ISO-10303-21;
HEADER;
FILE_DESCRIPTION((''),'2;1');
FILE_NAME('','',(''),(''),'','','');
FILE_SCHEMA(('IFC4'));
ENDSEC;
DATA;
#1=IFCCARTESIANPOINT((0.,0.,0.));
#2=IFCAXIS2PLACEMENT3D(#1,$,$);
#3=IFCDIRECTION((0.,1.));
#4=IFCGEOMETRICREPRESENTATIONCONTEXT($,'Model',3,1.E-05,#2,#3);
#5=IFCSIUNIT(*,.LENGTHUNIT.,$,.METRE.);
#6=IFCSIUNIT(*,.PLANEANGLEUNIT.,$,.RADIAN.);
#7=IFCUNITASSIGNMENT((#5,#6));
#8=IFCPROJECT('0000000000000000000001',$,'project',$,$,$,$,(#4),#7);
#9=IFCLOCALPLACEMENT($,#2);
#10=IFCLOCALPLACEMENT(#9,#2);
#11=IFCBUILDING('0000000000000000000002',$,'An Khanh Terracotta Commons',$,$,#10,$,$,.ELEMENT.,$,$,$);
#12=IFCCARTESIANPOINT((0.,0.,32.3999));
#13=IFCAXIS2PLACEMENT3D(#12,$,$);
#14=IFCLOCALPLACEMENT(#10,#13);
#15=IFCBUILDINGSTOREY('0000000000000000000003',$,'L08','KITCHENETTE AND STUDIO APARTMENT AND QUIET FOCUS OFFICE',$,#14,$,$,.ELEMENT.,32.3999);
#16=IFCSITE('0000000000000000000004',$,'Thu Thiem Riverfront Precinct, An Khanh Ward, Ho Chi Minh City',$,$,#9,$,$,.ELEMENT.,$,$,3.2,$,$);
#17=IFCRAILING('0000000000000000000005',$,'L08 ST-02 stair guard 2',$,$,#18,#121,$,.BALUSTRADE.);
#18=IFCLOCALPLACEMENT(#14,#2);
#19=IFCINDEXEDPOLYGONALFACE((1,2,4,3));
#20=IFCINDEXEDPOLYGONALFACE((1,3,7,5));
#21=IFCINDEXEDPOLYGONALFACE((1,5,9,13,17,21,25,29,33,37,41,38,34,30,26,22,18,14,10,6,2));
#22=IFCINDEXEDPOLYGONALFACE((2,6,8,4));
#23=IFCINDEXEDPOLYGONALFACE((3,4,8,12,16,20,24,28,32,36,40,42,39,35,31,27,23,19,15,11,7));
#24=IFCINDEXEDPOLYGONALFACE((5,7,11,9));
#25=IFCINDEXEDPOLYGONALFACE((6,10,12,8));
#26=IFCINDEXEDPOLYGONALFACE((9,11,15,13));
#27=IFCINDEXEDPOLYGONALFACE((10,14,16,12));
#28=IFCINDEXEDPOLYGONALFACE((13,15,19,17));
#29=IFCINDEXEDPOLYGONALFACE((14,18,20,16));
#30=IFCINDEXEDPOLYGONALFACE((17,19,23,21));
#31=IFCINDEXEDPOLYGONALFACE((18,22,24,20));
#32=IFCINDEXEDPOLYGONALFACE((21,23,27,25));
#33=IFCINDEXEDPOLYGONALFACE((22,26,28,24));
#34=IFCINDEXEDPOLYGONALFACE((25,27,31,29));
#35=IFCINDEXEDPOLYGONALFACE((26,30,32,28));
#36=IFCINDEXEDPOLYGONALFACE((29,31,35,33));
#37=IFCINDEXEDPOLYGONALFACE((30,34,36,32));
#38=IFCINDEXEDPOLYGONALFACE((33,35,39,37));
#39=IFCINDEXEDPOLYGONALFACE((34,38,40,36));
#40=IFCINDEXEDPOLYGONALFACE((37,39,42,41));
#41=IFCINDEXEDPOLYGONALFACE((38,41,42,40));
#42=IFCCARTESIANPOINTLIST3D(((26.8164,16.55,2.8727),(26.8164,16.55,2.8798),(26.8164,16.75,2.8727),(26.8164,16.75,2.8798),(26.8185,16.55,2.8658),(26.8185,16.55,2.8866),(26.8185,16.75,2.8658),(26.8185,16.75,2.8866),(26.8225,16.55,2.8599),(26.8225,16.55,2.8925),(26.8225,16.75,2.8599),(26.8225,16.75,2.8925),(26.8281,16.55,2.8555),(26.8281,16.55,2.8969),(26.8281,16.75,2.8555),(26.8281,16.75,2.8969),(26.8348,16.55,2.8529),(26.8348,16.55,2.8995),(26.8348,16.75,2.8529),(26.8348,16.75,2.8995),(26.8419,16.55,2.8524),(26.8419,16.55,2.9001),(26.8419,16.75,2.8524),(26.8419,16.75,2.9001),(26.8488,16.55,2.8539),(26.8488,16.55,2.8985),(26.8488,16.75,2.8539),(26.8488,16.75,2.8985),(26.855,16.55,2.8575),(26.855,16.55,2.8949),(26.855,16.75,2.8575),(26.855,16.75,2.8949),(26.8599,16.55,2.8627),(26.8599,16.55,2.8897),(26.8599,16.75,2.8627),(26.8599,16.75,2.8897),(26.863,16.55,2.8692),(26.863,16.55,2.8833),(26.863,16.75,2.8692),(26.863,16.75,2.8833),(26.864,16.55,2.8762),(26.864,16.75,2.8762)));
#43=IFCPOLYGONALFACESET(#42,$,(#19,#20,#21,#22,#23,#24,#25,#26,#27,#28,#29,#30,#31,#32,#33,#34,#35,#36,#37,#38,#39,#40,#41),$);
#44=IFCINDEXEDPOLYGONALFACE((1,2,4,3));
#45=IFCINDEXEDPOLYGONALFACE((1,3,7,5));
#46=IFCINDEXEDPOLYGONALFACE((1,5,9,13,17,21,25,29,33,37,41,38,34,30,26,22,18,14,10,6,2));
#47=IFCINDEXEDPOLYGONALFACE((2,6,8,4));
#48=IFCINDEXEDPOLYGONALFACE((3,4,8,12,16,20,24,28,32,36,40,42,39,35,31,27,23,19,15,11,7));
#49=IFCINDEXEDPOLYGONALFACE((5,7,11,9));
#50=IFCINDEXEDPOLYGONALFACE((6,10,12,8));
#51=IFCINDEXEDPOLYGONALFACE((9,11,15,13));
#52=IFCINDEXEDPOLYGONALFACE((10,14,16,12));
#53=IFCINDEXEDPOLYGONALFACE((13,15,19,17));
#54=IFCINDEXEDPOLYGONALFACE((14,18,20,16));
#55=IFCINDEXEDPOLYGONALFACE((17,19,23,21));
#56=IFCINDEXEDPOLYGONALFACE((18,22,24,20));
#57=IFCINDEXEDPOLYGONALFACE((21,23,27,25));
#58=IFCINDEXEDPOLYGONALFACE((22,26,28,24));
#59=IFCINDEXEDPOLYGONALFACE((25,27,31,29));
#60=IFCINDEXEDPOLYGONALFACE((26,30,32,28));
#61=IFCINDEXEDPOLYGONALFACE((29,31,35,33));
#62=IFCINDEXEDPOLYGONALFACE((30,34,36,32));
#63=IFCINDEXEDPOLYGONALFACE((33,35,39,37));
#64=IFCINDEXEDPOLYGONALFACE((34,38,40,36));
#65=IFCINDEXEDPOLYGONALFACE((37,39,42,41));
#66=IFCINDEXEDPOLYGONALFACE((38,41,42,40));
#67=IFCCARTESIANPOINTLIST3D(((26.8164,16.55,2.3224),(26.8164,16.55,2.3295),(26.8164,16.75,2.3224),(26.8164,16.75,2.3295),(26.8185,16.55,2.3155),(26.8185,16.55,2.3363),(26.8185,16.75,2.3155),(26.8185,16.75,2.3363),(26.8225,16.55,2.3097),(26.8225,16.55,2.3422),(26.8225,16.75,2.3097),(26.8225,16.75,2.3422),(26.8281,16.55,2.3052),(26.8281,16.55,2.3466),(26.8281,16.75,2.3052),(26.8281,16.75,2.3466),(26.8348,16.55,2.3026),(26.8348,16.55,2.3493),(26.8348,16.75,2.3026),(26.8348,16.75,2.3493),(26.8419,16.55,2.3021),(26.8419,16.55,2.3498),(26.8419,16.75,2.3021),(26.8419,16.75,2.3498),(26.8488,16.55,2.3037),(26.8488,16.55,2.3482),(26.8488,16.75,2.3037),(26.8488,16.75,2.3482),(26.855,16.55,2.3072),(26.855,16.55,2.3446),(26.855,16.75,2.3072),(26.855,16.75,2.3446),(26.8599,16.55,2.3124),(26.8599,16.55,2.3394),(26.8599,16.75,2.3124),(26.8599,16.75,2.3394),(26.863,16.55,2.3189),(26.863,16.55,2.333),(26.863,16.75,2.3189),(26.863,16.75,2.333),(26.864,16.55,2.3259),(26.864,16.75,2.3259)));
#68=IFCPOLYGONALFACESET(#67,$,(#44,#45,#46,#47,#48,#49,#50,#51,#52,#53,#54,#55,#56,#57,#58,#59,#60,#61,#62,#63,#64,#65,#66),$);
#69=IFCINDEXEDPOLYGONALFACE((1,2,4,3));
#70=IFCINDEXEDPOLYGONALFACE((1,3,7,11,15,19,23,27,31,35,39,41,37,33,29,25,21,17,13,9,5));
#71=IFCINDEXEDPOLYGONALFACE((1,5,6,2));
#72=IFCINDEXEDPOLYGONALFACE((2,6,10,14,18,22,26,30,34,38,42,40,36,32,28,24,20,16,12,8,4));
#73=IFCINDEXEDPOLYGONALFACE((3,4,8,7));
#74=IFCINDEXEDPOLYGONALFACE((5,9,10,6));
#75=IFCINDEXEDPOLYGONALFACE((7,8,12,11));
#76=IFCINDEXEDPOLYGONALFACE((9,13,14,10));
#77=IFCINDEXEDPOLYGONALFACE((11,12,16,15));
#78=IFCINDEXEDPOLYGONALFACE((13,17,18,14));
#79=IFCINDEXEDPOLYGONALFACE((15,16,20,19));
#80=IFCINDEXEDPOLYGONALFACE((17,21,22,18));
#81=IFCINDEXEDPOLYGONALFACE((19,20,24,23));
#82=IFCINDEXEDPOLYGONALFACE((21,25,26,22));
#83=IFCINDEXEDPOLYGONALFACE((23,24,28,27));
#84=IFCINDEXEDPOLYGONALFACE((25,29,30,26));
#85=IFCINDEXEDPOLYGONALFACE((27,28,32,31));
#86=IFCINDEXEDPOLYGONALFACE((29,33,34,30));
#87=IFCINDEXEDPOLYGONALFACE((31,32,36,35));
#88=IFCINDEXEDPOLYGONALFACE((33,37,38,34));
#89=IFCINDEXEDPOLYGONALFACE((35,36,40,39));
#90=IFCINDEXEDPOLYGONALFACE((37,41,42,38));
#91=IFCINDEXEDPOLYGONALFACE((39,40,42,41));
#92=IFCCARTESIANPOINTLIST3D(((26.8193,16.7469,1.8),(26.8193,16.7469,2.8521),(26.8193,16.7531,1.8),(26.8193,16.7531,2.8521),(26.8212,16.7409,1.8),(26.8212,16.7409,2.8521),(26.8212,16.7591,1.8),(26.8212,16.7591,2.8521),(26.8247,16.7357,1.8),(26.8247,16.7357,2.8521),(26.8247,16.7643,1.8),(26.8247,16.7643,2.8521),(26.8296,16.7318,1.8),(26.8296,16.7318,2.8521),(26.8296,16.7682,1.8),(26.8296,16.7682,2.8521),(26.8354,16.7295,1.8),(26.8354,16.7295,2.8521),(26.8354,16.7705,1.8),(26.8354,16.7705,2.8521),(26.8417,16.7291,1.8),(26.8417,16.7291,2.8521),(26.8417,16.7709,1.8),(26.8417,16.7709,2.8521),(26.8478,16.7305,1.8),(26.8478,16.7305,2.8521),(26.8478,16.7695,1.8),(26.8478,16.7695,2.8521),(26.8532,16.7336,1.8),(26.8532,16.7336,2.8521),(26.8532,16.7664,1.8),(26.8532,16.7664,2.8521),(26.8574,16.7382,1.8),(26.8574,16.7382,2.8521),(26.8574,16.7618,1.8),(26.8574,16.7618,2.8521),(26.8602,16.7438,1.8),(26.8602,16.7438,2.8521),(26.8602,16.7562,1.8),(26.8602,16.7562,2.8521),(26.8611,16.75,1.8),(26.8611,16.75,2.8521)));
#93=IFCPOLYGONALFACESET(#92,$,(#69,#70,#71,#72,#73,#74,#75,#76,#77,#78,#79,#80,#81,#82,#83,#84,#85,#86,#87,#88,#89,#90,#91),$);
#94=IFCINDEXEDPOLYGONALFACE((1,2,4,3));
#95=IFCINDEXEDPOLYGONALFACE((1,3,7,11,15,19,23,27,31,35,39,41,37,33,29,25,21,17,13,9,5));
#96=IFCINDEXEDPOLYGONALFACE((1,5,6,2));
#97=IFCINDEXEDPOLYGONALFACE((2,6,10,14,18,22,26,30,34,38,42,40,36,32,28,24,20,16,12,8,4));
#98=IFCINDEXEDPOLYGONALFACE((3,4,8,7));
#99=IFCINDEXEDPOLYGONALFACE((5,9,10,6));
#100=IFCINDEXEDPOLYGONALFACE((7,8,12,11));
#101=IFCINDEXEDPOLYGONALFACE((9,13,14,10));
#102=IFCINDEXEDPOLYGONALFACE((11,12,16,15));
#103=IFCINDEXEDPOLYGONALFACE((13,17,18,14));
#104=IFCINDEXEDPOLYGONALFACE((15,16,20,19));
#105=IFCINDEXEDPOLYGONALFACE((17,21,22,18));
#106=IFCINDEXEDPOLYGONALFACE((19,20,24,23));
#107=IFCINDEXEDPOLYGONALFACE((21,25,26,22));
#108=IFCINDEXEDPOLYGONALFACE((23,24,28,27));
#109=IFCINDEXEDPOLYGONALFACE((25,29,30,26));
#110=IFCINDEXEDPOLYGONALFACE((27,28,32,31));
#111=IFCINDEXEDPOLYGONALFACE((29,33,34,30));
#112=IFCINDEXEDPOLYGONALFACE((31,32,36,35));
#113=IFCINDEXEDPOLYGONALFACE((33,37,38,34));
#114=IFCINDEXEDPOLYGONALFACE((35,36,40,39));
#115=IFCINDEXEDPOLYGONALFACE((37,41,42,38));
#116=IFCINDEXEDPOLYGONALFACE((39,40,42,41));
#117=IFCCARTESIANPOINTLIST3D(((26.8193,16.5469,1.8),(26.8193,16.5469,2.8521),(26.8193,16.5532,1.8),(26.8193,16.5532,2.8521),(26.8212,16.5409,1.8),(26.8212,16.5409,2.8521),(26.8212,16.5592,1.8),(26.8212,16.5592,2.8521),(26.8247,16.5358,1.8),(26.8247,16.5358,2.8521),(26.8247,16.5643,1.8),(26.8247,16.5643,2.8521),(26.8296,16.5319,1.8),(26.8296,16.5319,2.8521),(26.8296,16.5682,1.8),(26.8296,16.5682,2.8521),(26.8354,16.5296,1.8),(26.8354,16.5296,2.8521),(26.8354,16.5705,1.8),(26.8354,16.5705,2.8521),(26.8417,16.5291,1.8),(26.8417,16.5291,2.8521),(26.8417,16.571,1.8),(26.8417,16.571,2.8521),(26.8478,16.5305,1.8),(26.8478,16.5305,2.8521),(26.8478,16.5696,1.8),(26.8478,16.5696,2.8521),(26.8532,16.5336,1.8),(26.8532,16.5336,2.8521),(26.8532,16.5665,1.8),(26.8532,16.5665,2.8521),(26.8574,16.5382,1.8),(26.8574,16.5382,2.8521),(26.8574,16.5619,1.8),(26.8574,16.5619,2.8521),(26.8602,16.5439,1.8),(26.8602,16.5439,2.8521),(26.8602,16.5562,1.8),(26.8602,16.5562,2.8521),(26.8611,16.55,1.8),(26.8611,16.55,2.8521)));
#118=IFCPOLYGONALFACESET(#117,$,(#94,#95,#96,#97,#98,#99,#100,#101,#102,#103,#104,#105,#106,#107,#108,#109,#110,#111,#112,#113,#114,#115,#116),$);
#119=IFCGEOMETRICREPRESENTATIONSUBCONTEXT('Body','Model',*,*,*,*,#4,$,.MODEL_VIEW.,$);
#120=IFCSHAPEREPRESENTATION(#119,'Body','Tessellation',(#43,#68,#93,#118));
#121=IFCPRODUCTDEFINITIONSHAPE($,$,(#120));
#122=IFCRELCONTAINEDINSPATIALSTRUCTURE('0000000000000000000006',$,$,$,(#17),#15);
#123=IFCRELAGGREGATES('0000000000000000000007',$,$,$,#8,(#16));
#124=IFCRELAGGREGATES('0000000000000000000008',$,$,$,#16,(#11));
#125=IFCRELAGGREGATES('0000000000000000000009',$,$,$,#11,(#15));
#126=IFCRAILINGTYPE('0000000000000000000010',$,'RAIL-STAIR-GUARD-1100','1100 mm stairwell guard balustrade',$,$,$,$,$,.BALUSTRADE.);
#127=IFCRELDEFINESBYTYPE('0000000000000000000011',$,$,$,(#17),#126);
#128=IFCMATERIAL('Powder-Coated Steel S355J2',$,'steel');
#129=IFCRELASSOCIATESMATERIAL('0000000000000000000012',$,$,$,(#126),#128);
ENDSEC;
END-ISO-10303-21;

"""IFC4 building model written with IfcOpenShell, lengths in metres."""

from ifc_helpers import new_model, si_unit, direction, frame, origin, origin_2d, place, context, subcontext, project, spatial, circle, extrude, material, type_object, element, save


model = new_model("IFC4")

# Units and contexts
model_context = context("Model", 3, precision=1e-05, world=origin(), true_north=direction((0.0, 1.0)))
body_context = subcontext(model_context, "Body", "Model", "MODEL_VIEW")
ifc_project = project(units=[si_unit("LENGTHUNIT", "METRE"), si_unit("PLANEANGLEUNIT", "RADIAN")], contexts=[model_context])

# Site, building, storey
site_placement = place(None, origin())
site = spatial("IfcSite", under=ifc_project, at=site_placement, Name="Thu Thiem Riverfront Precinct, An Khanh Ward, Ho Chi Minh City", CompositionType="ELEMENT", RefElevation=3.2)
building_placement = place(site_placement, origin())
building = spatial("IfcBuilding", under=site, at=building_placement, Name="An Khanh Terracotta Commons", CompositionType="ELEMENT")
storey_placement = place(building_placement, frame((0.0, 0.0, 32.3999)))
storey = spatial("IfcBuildingStorey", under=building, at=storey_placement, Name="L08", Description="KITCHENETTE AND STUDIO APARTMENT AND QUIET FOCUS OFFICE", CompositionType="ELEMENT", Elevation=32.3999)

# Railing
ifc_material_1 = material(Name="Powder-Coated Steel S355J2", Category="steel")
railing_type_1 = type_object("IfcRailingType", Name="RAIL-STAIR-GUARD-1100", Description="1100 mm stairwell guard balustrade", PredefinedType="BALUSTRADE", material=ifc_material_1)
railing_1_placement = place(storey_placement, frame((26.8401, 16.75, 1.8)))
element("IfcRailing", 1, at=railing_1_placement, inside=storey, type_object=railing_type_1, Name="L08 ST-02 stair guard 2", PredefinedType="BALUSTRADE", context=body_context, shape_type="SweptSolid", body=[
    extrude(circle(Radius=0.0239, at=origin_2d()), frame((0.0, 0.0, 1.0762), z_axis=(0.0, -1.0, 0.0), x_axis=(1.0, 0.0, 0.0)), (0.0, 0.0, 1.0), 0.2),
    extrude(circle(Radius=0.0239, at=origin_2d()), frame((0.0, 0.0, 0.5259), z_axis=(0.0, -1.0, 0.0), x_axis=(1.0, 0.0, 0.0)), (0.0, 0.0, 1.0), 0.2),
    extrude(circle(Radius=0.021, at=origin_2d()), origin(), (0.0, 0.0, 1.0), 1.052),
    extrude(circle(Radius=0.021, at=origin_2d()), frame((0.0, -0.2, 0.0)), (0.0, 0.0, 1.0), 1.052),
])

save(model, "model.ifc")
